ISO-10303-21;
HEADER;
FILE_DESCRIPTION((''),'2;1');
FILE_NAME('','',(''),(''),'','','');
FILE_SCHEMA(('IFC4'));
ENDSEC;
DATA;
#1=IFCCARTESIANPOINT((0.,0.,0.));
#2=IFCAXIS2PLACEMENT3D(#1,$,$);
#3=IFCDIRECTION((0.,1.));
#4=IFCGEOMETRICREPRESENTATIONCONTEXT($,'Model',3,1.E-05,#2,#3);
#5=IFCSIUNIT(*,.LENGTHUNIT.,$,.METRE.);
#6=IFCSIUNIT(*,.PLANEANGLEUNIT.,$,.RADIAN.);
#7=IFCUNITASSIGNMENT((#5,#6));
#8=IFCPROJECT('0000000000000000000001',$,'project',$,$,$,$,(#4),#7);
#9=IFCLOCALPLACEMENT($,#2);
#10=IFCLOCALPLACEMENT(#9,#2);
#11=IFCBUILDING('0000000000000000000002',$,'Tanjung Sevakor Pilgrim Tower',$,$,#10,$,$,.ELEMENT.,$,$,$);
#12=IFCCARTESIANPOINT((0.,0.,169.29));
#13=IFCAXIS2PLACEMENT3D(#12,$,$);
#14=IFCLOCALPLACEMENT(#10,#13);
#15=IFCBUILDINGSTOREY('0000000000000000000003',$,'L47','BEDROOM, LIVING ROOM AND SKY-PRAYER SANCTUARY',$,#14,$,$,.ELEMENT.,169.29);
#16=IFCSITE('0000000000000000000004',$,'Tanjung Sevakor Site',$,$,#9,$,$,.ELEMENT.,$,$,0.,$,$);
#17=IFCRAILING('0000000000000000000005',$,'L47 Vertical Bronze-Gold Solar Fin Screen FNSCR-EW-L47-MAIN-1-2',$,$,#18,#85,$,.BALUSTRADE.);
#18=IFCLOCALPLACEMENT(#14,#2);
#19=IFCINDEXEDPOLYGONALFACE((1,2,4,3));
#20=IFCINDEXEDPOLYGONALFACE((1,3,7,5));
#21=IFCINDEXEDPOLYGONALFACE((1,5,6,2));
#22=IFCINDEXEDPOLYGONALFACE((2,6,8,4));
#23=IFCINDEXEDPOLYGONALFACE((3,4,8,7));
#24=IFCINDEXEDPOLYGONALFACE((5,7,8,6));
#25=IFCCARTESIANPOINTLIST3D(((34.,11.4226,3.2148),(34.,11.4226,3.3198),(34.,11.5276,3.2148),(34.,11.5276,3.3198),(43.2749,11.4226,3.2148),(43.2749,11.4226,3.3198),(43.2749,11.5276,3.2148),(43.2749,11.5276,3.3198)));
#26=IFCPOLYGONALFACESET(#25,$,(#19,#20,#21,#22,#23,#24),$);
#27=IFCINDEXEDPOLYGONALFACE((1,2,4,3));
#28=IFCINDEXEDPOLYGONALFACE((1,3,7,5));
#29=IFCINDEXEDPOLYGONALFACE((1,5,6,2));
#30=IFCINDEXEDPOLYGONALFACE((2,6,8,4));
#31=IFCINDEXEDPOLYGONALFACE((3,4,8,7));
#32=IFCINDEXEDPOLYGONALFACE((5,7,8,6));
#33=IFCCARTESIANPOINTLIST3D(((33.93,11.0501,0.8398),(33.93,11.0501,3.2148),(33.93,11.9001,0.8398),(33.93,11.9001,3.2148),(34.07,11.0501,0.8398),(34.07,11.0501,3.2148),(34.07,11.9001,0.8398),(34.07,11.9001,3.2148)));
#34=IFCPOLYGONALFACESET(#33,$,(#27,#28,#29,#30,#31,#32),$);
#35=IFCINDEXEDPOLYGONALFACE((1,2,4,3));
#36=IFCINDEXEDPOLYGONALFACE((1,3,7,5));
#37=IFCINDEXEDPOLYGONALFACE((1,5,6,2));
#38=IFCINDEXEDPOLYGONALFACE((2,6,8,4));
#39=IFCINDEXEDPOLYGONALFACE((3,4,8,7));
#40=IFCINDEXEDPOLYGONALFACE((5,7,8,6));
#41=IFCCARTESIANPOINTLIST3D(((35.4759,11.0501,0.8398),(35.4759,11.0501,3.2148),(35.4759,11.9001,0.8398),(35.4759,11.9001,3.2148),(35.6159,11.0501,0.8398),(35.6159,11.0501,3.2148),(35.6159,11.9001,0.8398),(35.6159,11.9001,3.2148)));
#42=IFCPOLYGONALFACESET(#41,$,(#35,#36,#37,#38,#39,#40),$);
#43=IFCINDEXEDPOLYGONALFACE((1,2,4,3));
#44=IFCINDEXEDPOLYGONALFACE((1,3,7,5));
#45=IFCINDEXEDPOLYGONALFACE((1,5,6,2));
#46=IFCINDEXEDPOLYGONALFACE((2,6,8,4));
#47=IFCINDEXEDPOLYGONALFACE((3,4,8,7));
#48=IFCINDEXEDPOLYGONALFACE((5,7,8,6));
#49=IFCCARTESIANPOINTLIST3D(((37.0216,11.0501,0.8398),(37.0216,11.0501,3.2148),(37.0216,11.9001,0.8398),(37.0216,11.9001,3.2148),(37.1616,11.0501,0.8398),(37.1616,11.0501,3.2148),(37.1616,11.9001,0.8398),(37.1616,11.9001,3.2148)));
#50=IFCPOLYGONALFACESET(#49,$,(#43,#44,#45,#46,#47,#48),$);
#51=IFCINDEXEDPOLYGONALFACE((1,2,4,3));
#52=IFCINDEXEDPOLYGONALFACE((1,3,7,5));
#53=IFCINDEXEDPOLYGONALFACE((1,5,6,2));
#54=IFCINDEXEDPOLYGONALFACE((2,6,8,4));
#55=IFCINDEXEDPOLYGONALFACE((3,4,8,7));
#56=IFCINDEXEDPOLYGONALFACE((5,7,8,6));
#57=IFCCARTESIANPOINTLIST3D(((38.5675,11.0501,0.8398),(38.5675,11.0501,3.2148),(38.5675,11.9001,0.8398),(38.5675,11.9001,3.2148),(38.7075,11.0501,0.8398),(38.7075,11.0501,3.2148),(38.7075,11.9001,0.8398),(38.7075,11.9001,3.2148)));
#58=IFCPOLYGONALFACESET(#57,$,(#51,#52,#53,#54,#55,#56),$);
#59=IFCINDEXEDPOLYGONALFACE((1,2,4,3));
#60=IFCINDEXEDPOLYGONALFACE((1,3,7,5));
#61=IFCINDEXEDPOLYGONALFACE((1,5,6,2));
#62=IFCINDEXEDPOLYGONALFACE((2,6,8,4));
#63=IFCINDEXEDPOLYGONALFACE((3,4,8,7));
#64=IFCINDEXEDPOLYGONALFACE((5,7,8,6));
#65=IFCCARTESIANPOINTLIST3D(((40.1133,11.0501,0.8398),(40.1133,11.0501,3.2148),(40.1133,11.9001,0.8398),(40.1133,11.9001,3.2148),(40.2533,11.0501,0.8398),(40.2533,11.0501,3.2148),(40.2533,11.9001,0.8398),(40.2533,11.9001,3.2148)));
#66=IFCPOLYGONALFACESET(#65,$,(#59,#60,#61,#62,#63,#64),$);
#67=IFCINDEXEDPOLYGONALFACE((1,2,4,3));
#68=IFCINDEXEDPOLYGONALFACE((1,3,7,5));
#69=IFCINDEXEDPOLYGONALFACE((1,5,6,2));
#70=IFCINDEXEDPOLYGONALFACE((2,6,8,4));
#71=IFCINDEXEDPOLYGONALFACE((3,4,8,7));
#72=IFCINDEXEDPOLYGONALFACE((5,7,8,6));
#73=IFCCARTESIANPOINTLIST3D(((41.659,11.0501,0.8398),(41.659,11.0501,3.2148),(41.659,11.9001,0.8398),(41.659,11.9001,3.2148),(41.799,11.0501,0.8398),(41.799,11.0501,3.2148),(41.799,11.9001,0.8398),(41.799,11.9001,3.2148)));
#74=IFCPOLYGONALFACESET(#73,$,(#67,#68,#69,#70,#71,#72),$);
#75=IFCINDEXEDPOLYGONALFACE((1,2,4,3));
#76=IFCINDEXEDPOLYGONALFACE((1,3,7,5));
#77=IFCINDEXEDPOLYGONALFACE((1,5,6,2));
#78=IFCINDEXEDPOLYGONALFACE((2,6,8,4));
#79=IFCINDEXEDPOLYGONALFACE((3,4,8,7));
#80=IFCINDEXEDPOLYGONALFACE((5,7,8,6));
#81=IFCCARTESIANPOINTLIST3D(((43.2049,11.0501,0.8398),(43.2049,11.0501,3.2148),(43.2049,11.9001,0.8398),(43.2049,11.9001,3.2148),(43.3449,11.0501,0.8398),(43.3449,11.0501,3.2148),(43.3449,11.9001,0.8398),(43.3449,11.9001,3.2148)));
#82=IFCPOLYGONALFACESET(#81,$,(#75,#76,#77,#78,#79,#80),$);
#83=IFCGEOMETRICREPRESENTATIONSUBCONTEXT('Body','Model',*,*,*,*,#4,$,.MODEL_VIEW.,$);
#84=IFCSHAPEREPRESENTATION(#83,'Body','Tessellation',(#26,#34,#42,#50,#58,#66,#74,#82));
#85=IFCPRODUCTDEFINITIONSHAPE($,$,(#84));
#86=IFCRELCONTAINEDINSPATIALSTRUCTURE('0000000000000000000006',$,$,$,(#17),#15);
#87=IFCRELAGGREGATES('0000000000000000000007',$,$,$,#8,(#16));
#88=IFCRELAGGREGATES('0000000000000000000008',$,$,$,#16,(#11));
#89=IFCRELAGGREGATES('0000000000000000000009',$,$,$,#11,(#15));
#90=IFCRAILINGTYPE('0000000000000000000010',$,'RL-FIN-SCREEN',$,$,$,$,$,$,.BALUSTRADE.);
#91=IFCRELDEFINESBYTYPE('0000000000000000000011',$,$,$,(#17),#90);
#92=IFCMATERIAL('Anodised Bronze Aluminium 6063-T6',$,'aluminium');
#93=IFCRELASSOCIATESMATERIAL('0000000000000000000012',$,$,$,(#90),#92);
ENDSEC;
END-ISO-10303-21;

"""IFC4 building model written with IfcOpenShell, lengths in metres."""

from ifc_helpers import new_model, si_unit, direction, frame, origin, place, context, subcontext, project, spatial, rectangle, extrude, material, type_object, element, save


model = new_model("IFC4")

# Units and contexts
model_context = context("Model", 3, precision=1e-05, world=origin(), true_north=direction((0.0, 1.0)))
body_context = subcontext(model_context, "Body", "Model", "MODEL_VIEW")
ifc_project = project(units=[si_unit("LENGTHUNIT", "METRE"), si_unit("PLANEANGLEUNIT", "RADIAN")], contexts=[model_context])

# Site, building, storey
site_placement = place(None, origin())
site = spatial("IfcSite", under=ifc_project, at=site_placement, Name="Tanjung Sevakor Site", CompositionType="ELEMENT", RefElevation=0.0)
building_placement = place(site_placement, origin())
building = spatial("IfcBuilding", under=site, at=building_placement, Name="Tanjung Sevakor Pilgrim Tower", CompositionType="ELEMENT")
storey_placement = place(building_placement, frame((0.0, 0.0, 169.29)))
storey = spatial("IfcBuildingStorey", under=building, at=storey_placement, Name="L47", Description="BEDROOM, LIVING ROOM AND SKY-PRAYER SANCTUARY", CompositionType="ELEMENT", Elevation=169.29)

# Railing
ifc_material_1 = material(Name="Anodised Bronze Aluminium 6063-T6", Category="aluminium")
railing_type = type_object("IfcRailingType", Name="RL-FIN-SCREEN", PredefinedType="BALUSTRADE", material=ifc_material_1)
railing_placement = place(storey_placement, frame((34.0, 11.4751, 0.8398)))
element("IfcRailing", 1, at=railing_placement, inside=storey, type_object=railing_type, Name="L47 Vertical Bronze-Gold Solar Fin Screen FNSCR-EW-L47-MAIN-1-2", PredefinedType="BALUSTRADE", context=body_context, shape_type="SweptSolid", body=[
    extrude(rectangle(XDim=0.105, YDim=0.105), frame((0.0, 0.0, 2.4275), z_axis=(1.0, 0.0, 0.0), x_axis=(0.0, 1.0, 0.0)), (0.0, 0.0, 1.0), 9.2749),
    extrude(rectangle(XDim=0.14, YDim=0.85), origin(), (0.0, 0.0, 1.0), 2.375),
    extrude(rectangle(XDim=0.14, YDim=0.85), frame((1.5459, 0.0, 0.0)), (0.0, 0.0, 1.0), 2.375),
    extrude(rectangle(XDim=0.14, YDim=0.85), frame((3.0916, 0.0, 0.0)), (0.0, 0.0, 1.0), 2.375),
    extrude(rectangle(XDim=0.14, YDim=0.85), frame((4.6375, 0.0, 0.0)), (0.0, 0.0, 1.0), 2.375),
    extrude(rectangle(XDim=0.14, YDim=0.85), frame((6.1833, 0.0, 0.0)), (0.0, 0.0, 1.0), 2.375),
    extrude(rectangle(XDim=0.14, YDim=0.85), frame((7.729, 0.0, 0.0)), (0.0, 0.0, 1.0), 2.375),
    extrude(rectangle(XDim=0.14, YDim=0.85), frame((9.2749, 0.0, 0.0)), (0.0, 0.0, 1.0), 2.375),
])

save(model, "model.ifc")
